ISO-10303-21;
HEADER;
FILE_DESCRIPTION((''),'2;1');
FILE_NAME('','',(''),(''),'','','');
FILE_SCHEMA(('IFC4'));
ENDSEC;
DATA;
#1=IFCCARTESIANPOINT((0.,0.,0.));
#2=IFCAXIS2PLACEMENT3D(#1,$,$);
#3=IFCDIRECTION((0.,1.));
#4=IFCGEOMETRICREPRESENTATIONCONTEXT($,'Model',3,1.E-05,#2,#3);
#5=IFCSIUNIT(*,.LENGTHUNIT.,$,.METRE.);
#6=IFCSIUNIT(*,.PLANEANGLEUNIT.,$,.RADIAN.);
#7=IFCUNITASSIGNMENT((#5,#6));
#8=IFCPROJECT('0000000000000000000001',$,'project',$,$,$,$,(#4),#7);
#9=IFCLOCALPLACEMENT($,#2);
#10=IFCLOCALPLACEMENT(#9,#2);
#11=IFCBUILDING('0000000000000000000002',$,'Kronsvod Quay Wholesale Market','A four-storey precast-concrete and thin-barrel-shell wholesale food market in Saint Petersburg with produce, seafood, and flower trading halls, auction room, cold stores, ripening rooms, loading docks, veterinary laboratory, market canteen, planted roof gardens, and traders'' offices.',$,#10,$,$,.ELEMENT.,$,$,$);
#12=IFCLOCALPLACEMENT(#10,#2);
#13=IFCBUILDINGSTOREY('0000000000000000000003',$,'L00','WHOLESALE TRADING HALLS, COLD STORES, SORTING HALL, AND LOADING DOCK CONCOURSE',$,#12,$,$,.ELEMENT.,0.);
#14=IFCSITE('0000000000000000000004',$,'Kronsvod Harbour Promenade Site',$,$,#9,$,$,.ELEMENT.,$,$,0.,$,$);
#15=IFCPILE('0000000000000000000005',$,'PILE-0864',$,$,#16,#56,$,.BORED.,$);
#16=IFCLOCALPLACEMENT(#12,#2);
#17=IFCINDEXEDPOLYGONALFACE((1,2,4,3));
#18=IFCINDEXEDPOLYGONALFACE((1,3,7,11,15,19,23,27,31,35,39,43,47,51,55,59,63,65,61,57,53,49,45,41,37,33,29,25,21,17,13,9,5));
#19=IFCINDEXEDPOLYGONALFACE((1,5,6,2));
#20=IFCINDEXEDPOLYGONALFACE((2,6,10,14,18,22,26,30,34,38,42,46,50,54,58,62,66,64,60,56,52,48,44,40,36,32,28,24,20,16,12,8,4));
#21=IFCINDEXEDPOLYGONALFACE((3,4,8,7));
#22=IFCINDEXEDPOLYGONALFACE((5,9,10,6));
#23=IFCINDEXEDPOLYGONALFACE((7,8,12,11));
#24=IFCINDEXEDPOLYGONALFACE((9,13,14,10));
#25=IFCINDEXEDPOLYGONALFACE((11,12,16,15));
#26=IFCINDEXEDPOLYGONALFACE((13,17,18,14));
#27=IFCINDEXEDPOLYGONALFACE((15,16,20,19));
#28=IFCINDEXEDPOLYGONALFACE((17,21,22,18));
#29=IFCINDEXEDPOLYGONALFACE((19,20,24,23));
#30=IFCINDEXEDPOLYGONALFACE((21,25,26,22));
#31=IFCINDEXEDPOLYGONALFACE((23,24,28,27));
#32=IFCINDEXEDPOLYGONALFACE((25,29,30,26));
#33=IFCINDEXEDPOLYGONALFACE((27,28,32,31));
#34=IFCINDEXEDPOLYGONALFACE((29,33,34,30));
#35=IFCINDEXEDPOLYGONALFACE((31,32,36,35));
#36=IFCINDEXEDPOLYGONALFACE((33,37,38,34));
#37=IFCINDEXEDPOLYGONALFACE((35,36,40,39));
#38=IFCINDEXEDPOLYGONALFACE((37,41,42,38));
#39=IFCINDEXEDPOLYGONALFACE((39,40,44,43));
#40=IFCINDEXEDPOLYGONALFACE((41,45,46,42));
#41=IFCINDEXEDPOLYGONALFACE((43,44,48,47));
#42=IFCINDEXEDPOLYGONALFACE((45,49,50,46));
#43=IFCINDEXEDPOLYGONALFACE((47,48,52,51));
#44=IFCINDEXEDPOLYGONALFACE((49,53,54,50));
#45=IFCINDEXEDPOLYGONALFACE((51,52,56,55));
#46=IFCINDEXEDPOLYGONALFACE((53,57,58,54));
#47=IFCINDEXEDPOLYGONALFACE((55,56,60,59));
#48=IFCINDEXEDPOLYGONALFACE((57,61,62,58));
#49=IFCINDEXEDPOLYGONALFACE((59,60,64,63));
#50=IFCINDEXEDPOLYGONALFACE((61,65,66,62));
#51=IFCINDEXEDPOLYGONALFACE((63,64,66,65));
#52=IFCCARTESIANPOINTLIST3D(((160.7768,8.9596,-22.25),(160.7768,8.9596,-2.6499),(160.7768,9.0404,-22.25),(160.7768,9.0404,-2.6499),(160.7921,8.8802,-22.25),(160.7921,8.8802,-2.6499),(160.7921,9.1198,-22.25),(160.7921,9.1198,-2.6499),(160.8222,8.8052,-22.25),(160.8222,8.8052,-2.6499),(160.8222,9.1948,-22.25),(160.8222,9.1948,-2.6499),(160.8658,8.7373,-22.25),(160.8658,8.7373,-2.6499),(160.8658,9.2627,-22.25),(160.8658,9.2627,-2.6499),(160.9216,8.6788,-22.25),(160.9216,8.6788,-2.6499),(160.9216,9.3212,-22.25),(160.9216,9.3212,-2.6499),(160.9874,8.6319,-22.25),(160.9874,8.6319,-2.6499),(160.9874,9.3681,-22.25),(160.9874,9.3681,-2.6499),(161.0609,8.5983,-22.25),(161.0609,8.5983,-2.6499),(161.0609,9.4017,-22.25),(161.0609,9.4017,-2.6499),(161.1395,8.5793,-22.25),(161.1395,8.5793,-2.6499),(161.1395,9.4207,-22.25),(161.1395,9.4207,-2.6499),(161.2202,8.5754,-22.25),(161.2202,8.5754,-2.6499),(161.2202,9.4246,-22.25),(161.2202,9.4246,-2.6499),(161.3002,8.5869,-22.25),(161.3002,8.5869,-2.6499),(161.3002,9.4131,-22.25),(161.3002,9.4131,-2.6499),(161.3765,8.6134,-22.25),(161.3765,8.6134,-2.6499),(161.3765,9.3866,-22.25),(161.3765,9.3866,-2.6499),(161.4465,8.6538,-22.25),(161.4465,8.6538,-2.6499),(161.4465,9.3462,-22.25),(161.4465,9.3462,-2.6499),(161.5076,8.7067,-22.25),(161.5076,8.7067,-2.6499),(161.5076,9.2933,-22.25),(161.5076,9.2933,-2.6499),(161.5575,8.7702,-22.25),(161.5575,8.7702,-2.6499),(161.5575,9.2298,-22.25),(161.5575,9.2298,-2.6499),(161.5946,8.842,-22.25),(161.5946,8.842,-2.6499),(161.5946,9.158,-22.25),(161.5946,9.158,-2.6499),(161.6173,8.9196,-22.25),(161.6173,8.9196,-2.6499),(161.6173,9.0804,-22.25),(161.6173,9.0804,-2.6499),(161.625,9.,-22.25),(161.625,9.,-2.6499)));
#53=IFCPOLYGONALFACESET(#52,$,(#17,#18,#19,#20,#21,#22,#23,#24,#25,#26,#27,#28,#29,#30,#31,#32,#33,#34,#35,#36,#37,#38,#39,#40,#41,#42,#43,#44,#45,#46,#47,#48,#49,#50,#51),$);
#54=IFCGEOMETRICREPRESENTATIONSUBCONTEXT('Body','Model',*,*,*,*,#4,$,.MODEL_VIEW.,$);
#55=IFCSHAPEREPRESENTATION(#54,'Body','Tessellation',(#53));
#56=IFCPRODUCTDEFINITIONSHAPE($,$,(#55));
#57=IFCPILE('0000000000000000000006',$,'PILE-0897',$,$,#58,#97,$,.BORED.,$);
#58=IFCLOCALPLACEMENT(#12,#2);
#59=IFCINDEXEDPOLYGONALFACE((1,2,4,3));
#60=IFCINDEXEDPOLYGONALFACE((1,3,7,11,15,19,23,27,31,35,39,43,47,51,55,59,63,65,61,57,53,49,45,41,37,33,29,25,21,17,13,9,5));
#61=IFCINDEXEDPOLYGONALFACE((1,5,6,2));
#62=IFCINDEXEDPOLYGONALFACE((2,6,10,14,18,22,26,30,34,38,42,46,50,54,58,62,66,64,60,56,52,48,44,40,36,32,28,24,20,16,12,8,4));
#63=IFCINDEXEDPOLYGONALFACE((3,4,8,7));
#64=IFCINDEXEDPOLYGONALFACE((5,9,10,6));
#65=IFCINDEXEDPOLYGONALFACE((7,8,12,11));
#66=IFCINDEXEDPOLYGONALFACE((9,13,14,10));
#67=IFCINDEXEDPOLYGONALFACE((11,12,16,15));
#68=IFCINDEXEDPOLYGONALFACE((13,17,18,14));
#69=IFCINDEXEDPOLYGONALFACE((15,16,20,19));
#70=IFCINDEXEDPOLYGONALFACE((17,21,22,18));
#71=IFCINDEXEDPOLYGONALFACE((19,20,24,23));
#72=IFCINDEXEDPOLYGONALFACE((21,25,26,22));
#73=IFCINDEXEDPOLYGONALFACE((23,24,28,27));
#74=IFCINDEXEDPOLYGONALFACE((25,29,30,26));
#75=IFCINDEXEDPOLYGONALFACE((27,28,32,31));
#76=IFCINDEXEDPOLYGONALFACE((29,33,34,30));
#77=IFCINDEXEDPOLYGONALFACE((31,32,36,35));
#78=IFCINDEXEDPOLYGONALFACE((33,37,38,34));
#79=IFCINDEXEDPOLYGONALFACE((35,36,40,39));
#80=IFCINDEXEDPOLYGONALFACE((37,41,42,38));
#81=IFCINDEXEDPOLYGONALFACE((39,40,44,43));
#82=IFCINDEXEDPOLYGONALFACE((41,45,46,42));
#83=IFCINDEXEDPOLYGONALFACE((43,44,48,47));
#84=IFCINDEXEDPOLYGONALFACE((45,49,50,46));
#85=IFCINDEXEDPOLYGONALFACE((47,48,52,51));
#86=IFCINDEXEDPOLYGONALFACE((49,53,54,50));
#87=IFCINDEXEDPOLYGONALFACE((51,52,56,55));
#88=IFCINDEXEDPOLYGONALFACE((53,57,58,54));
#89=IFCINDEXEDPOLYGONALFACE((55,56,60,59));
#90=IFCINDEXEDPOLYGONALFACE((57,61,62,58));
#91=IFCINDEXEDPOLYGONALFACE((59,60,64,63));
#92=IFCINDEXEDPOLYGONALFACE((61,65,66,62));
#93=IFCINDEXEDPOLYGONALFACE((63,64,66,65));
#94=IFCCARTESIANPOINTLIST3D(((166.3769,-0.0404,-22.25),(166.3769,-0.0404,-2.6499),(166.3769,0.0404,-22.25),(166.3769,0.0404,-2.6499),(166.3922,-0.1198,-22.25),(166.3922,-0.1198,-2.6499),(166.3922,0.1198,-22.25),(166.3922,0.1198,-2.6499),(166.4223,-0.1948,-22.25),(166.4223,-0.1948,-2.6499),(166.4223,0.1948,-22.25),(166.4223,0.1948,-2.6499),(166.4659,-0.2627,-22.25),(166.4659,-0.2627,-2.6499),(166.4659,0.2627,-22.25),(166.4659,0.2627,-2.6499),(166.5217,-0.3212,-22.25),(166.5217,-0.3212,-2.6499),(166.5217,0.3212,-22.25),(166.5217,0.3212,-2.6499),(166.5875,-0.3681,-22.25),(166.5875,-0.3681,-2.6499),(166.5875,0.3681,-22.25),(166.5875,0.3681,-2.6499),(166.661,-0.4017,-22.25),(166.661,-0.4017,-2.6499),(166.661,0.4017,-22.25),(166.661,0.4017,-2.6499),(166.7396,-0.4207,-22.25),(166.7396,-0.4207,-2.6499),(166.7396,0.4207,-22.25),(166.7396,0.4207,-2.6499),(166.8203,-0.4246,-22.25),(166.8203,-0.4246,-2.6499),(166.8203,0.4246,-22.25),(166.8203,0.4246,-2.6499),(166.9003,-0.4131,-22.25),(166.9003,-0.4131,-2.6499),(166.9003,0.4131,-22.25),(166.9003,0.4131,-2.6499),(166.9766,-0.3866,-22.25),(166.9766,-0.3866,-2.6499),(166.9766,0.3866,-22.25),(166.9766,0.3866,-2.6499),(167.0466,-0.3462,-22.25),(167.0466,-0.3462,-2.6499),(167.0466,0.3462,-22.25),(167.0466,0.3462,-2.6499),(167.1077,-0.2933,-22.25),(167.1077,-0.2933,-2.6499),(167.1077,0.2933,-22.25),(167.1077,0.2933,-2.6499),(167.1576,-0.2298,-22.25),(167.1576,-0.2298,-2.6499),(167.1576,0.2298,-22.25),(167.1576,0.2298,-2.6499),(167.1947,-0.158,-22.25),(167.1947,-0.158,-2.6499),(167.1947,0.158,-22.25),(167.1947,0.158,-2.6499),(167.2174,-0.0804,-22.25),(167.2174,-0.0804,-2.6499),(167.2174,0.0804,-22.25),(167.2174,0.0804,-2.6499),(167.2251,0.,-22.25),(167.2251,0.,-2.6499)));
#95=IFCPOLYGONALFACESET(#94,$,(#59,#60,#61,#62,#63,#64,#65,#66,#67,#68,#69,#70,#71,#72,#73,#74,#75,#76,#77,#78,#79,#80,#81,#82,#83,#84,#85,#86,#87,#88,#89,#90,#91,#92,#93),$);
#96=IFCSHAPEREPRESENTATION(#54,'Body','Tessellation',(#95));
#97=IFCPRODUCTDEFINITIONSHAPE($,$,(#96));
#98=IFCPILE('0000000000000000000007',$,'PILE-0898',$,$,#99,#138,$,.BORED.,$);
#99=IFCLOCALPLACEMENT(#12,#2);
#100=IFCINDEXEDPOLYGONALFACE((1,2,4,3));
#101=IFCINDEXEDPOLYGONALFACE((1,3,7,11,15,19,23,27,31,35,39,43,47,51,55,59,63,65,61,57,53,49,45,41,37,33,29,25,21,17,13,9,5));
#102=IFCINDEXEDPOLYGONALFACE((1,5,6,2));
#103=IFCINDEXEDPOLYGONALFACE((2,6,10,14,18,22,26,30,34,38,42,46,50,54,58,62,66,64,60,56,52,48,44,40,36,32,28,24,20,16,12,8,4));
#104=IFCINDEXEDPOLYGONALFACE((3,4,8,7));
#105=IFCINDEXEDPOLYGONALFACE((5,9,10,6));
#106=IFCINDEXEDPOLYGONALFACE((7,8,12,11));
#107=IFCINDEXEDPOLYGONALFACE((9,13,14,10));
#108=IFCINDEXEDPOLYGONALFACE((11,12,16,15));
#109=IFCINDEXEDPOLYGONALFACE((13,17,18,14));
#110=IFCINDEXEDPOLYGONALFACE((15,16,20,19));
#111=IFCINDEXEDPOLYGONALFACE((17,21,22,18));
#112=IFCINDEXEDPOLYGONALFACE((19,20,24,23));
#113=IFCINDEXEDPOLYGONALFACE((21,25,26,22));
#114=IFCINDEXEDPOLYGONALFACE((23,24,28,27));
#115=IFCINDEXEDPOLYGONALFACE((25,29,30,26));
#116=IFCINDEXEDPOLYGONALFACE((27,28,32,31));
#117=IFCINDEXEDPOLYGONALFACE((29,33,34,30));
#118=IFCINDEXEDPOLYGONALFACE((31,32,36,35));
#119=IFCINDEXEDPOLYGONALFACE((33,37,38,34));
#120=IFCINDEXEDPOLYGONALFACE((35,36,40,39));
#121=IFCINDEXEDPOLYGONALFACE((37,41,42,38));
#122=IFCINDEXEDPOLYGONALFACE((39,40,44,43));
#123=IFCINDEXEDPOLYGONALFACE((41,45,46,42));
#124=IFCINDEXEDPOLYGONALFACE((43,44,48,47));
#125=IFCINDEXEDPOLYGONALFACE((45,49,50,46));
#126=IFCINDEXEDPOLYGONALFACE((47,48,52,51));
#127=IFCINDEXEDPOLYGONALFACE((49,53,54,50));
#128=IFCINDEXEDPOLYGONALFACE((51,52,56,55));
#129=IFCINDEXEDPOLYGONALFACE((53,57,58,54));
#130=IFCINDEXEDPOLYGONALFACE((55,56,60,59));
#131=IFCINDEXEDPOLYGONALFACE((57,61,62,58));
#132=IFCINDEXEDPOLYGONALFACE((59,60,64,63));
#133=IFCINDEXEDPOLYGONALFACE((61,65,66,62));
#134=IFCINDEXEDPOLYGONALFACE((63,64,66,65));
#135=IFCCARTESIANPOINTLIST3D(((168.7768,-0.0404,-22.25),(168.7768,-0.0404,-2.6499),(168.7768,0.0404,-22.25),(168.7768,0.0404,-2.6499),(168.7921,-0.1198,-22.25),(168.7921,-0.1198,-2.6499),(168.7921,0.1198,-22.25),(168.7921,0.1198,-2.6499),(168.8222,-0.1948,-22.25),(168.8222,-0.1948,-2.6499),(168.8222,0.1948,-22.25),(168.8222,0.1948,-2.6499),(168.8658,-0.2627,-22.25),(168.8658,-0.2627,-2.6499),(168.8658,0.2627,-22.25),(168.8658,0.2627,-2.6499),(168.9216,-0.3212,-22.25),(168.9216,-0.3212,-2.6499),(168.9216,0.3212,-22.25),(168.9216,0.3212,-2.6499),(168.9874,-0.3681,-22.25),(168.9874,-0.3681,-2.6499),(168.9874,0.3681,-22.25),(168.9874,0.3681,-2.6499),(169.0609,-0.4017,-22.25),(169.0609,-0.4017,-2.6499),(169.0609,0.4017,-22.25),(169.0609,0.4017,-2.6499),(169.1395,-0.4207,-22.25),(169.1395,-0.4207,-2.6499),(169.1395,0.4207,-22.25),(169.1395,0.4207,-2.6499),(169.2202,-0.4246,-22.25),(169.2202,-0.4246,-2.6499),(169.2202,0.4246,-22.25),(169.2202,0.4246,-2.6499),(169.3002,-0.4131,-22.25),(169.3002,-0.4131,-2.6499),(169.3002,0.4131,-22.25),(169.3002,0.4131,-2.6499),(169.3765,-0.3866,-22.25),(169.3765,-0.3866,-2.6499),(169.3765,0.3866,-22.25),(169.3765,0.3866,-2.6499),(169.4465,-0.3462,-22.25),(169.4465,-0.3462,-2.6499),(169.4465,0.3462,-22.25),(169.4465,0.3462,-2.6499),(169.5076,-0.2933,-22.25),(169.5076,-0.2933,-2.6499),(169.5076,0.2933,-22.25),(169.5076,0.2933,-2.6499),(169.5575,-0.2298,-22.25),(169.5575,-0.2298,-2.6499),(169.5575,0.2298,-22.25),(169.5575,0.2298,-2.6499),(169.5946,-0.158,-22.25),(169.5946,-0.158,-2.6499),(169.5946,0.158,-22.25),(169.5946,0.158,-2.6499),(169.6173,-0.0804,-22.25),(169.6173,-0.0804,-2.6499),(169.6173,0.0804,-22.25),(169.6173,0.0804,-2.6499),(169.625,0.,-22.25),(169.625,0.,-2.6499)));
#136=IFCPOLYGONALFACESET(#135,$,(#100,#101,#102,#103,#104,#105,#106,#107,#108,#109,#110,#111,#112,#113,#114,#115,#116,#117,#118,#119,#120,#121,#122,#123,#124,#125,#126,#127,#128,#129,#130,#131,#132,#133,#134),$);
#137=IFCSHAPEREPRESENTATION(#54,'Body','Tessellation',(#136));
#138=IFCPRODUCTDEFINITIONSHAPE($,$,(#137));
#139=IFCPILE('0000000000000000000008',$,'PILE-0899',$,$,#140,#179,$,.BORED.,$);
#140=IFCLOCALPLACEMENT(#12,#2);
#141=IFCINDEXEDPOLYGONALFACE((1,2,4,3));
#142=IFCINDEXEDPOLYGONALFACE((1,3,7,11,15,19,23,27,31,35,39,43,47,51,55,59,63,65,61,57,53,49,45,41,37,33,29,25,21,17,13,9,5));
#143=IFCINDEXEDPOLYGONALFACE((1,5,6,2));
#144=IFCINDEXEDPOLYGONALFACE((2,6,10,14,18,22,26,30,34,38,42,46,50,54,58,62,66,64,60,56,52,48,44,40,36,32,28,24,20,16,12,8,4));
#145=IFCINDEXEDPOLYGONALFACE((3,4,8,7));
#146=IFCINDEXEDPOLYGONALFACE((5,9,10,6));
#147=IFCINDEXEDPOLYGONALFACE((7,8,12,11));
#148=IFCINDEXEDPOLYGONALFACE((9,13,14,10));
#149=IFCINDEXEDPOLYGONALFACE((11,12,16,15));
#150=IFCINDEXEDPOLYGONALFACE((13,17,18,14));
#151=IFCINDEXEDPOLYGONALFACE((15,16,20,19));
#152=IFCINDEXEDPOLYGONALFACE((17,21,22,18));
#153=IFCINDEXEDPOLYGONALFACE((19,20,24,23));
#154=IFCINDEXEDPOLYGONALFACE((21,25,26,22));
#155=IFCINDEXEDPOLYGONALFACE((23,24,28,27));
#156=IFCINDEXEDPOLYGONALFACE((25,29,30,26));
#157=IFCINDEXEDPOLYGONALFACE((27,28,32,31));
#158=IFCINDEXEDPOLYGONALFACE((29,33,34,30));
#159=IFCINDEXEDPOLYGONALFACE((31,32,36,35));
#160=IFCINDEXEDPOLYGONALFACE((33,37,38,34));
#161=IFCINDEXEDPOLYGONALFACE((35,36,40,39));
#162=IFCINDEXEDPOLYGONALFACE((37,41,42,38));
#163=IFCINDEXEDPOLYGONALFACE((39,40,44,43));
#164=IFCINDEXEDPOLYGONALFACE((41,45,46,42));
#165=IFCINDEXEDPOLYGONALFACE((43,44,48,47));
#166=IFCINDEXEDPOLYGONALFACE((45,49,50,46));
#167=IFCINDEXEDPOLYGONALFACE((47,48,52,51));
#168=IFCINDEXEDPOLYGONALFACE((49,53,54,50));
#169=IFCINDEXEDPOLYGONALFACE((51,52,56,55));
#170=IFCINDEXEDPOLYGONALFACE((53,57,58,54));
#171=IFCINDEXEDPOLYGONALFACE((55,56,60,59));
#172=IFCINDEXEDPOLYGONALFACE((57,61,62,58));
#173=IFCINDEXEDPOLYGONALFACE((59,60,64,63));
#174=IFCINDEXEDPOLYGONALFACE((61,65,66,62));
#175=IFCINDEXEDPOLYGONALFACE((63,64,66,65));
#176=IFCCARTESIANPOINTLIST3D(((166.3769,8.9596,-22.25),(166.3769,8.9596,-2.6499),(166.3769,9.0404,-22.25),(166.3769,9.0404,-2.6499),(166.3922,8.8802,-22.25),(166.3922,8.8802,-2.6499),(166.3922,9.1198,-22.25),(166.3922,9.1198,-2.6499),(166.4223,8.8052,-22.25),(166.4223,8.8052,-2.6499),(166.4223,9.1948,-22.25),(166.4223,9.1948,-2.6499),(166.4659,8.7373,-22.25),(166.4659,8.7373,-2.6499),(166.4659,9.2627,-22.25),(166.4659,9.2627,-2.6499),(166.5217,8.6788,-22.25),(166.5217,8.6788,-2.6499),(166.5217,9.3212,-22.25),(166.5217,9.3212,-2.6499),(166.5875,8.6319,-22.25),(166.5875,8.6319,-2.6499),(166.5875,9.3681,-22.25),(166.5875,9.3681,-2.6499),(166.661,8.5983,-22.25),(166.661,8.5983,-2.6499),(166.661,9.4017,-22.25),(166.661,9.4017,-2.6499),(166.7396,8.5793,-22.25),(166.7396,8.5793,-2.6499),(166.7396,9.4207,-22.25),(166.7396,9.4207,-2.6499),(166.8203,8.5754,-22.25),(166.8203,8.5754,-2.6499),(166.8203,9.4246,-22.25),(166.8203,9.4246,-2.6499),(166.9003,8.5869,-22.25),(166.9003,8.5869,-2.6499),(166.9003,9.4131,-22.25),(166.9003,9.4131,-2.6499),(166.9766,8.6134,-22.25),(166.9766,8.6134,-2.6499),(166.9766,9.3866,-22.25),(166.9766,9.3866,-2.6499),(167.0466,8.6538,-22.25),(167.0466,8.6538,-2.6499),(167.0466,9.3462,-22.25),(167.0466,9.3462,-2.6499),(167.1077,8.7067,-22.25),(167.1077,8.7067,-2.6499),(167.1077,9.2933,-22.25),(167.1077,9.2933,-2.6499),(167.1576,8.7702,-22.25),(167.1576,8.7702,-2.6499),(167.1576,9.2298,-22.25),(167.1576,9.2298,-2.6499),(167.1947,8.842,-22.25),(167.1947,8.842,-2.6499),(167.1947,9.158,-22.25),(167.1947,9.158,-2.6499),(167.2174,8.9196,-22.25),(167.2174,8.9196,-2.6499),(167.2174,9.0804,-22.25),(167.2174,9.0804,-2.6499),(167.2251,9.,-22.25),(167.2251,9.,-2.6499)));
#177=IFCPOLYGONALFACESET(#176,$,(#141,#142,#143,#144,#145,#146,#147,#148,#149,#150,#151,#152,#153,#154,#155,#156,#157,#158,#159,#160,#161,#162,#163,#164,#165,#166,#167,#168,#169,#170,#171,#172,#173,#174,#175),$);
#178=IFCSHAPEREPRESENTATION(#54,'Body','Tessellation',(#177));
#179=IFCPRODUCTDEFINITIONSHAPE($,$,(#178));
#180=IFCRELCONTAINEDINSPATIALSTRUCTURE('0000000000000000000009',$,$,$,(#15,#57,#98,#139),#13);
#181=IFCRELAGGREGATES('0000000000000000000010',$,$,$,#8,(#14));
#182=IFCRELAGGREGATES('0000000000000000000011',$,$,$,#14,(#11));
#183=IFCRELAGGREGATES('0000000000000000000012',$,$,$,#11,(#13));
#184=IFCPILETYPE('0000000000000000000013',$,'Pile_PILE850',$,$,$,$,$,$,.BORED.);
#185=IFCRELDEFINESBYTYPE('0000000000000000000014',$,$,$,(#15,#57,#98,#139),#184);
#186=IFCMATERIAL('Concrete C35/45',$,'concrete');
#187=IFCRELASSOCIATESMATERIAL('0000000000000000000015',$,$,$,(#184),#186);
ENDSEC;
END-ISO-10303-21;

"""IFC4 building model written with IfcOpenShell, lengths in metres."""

from ifc_helpers import new_model, si_unit, direction, frame, origin, origin_2d, place, context, subcontext, project, spatial, circle, extrude, material, material_profile, profile_set, type_object, element, save


model = new_model("IFC4")

# Units and contexts
model_context = context("Model", 3, precision=1e-05, world=origin(), true_north=direction((0.0, 1.0)))
body_context = subcontext(model_context, "Body", "Model", "MODEL_VIEW")
ifc_project = project(units=[si_unit("LENGTHUNIT", "METRE"), si_unit("PLANEANGLEUNIT", "RADIAN")], contexts=[model_context])

# Site, building, storey
site_placement = place(None, origin())
site = spatial("IfcSite", under=ifc_project, at=site_placement, Name="Kronsvod Harbour Promenade Site", CompositionType="ELEMENT", RefElevation=0.0)
building_placement = place(site_placement, origin())
building = spatial("IfcBuilding", under=site, at=building_placement, Name="Kronsvod Quay Wholesale Market", Description="A four-storey precast-concrete and thin-barrel-shell wholesale food market in Saint Petersburg with produce, seafood, and flower trading halls, auction room, cold stores, ripening rooms, loading docks, veterinary laboratory, market canteen, planted roof gardens, and traders' offices.", CompositionType="ELEMENT")
storey_placement = place(building_placement, origin())
storey = spatial("IfcBuildingStorey", under=building, at=storey_placement, Name="L00", Description="WHOLESALE TRADING HALLS, COLD STORES, SORTING HALL, AND LOADING DOCK CONCOURSE", CompositionType="ELEMENT", Elevation=0.0)

# Piles
ifc_material_1 = material(Name="Concrete C35/45", Category="concrete")
ifc_material_profile_1 = material_profile(ifc_material_1, circle(Radius=0.425, at=origin_2d()), Name="PILE850")
ifc_profile_set_1 = profile_set([ifc_material_profile_1], Name="Concrete C35/45")
pile_type_1 = type_object("IfcPileType", Name="Pile_PILE850", PredefinedType="BORED", material=ifc_profile_set_1)
for number, where, z_axis, x_axis, name in (
    (1, (161.2, 9.0, -2.6499), (0.0, 0.0, -1.0), (1.0, 0.0, 0.0), "PILE-0864"),
    (2, (166.8, 0.0, -2.6499), (0.0, 0.0, -1.0), (1.0, 0.0, 0.0), "PILE-0897"),
    (3, (169.2, 0.0, -2.6499), (0.0, 0.0, -1.0), (1.0, 0.0, 0.0), "PILE-0898"),
    (4, (166.8, 9.0, -2.6499), (0.0, 0.0, -1.0), (1.0, 0.0, 0.0), "PILE-0899"),
):
    element("IfcPile", number, at=place(storey_placement, frame(where, z_axis=z_axis, x_axis=x_axis)), inside=storey, type_object=pile_type_1, Name=name, PredefinedType="BORED", context=body_context, shape_type="SweptSolid", body=[
        extrude(circle(Radius=0.425, at=origin_2d()), origin(), (0.0, 0.0, 1.0), 19.6001),
    ])

save(model, "model.ifc")
